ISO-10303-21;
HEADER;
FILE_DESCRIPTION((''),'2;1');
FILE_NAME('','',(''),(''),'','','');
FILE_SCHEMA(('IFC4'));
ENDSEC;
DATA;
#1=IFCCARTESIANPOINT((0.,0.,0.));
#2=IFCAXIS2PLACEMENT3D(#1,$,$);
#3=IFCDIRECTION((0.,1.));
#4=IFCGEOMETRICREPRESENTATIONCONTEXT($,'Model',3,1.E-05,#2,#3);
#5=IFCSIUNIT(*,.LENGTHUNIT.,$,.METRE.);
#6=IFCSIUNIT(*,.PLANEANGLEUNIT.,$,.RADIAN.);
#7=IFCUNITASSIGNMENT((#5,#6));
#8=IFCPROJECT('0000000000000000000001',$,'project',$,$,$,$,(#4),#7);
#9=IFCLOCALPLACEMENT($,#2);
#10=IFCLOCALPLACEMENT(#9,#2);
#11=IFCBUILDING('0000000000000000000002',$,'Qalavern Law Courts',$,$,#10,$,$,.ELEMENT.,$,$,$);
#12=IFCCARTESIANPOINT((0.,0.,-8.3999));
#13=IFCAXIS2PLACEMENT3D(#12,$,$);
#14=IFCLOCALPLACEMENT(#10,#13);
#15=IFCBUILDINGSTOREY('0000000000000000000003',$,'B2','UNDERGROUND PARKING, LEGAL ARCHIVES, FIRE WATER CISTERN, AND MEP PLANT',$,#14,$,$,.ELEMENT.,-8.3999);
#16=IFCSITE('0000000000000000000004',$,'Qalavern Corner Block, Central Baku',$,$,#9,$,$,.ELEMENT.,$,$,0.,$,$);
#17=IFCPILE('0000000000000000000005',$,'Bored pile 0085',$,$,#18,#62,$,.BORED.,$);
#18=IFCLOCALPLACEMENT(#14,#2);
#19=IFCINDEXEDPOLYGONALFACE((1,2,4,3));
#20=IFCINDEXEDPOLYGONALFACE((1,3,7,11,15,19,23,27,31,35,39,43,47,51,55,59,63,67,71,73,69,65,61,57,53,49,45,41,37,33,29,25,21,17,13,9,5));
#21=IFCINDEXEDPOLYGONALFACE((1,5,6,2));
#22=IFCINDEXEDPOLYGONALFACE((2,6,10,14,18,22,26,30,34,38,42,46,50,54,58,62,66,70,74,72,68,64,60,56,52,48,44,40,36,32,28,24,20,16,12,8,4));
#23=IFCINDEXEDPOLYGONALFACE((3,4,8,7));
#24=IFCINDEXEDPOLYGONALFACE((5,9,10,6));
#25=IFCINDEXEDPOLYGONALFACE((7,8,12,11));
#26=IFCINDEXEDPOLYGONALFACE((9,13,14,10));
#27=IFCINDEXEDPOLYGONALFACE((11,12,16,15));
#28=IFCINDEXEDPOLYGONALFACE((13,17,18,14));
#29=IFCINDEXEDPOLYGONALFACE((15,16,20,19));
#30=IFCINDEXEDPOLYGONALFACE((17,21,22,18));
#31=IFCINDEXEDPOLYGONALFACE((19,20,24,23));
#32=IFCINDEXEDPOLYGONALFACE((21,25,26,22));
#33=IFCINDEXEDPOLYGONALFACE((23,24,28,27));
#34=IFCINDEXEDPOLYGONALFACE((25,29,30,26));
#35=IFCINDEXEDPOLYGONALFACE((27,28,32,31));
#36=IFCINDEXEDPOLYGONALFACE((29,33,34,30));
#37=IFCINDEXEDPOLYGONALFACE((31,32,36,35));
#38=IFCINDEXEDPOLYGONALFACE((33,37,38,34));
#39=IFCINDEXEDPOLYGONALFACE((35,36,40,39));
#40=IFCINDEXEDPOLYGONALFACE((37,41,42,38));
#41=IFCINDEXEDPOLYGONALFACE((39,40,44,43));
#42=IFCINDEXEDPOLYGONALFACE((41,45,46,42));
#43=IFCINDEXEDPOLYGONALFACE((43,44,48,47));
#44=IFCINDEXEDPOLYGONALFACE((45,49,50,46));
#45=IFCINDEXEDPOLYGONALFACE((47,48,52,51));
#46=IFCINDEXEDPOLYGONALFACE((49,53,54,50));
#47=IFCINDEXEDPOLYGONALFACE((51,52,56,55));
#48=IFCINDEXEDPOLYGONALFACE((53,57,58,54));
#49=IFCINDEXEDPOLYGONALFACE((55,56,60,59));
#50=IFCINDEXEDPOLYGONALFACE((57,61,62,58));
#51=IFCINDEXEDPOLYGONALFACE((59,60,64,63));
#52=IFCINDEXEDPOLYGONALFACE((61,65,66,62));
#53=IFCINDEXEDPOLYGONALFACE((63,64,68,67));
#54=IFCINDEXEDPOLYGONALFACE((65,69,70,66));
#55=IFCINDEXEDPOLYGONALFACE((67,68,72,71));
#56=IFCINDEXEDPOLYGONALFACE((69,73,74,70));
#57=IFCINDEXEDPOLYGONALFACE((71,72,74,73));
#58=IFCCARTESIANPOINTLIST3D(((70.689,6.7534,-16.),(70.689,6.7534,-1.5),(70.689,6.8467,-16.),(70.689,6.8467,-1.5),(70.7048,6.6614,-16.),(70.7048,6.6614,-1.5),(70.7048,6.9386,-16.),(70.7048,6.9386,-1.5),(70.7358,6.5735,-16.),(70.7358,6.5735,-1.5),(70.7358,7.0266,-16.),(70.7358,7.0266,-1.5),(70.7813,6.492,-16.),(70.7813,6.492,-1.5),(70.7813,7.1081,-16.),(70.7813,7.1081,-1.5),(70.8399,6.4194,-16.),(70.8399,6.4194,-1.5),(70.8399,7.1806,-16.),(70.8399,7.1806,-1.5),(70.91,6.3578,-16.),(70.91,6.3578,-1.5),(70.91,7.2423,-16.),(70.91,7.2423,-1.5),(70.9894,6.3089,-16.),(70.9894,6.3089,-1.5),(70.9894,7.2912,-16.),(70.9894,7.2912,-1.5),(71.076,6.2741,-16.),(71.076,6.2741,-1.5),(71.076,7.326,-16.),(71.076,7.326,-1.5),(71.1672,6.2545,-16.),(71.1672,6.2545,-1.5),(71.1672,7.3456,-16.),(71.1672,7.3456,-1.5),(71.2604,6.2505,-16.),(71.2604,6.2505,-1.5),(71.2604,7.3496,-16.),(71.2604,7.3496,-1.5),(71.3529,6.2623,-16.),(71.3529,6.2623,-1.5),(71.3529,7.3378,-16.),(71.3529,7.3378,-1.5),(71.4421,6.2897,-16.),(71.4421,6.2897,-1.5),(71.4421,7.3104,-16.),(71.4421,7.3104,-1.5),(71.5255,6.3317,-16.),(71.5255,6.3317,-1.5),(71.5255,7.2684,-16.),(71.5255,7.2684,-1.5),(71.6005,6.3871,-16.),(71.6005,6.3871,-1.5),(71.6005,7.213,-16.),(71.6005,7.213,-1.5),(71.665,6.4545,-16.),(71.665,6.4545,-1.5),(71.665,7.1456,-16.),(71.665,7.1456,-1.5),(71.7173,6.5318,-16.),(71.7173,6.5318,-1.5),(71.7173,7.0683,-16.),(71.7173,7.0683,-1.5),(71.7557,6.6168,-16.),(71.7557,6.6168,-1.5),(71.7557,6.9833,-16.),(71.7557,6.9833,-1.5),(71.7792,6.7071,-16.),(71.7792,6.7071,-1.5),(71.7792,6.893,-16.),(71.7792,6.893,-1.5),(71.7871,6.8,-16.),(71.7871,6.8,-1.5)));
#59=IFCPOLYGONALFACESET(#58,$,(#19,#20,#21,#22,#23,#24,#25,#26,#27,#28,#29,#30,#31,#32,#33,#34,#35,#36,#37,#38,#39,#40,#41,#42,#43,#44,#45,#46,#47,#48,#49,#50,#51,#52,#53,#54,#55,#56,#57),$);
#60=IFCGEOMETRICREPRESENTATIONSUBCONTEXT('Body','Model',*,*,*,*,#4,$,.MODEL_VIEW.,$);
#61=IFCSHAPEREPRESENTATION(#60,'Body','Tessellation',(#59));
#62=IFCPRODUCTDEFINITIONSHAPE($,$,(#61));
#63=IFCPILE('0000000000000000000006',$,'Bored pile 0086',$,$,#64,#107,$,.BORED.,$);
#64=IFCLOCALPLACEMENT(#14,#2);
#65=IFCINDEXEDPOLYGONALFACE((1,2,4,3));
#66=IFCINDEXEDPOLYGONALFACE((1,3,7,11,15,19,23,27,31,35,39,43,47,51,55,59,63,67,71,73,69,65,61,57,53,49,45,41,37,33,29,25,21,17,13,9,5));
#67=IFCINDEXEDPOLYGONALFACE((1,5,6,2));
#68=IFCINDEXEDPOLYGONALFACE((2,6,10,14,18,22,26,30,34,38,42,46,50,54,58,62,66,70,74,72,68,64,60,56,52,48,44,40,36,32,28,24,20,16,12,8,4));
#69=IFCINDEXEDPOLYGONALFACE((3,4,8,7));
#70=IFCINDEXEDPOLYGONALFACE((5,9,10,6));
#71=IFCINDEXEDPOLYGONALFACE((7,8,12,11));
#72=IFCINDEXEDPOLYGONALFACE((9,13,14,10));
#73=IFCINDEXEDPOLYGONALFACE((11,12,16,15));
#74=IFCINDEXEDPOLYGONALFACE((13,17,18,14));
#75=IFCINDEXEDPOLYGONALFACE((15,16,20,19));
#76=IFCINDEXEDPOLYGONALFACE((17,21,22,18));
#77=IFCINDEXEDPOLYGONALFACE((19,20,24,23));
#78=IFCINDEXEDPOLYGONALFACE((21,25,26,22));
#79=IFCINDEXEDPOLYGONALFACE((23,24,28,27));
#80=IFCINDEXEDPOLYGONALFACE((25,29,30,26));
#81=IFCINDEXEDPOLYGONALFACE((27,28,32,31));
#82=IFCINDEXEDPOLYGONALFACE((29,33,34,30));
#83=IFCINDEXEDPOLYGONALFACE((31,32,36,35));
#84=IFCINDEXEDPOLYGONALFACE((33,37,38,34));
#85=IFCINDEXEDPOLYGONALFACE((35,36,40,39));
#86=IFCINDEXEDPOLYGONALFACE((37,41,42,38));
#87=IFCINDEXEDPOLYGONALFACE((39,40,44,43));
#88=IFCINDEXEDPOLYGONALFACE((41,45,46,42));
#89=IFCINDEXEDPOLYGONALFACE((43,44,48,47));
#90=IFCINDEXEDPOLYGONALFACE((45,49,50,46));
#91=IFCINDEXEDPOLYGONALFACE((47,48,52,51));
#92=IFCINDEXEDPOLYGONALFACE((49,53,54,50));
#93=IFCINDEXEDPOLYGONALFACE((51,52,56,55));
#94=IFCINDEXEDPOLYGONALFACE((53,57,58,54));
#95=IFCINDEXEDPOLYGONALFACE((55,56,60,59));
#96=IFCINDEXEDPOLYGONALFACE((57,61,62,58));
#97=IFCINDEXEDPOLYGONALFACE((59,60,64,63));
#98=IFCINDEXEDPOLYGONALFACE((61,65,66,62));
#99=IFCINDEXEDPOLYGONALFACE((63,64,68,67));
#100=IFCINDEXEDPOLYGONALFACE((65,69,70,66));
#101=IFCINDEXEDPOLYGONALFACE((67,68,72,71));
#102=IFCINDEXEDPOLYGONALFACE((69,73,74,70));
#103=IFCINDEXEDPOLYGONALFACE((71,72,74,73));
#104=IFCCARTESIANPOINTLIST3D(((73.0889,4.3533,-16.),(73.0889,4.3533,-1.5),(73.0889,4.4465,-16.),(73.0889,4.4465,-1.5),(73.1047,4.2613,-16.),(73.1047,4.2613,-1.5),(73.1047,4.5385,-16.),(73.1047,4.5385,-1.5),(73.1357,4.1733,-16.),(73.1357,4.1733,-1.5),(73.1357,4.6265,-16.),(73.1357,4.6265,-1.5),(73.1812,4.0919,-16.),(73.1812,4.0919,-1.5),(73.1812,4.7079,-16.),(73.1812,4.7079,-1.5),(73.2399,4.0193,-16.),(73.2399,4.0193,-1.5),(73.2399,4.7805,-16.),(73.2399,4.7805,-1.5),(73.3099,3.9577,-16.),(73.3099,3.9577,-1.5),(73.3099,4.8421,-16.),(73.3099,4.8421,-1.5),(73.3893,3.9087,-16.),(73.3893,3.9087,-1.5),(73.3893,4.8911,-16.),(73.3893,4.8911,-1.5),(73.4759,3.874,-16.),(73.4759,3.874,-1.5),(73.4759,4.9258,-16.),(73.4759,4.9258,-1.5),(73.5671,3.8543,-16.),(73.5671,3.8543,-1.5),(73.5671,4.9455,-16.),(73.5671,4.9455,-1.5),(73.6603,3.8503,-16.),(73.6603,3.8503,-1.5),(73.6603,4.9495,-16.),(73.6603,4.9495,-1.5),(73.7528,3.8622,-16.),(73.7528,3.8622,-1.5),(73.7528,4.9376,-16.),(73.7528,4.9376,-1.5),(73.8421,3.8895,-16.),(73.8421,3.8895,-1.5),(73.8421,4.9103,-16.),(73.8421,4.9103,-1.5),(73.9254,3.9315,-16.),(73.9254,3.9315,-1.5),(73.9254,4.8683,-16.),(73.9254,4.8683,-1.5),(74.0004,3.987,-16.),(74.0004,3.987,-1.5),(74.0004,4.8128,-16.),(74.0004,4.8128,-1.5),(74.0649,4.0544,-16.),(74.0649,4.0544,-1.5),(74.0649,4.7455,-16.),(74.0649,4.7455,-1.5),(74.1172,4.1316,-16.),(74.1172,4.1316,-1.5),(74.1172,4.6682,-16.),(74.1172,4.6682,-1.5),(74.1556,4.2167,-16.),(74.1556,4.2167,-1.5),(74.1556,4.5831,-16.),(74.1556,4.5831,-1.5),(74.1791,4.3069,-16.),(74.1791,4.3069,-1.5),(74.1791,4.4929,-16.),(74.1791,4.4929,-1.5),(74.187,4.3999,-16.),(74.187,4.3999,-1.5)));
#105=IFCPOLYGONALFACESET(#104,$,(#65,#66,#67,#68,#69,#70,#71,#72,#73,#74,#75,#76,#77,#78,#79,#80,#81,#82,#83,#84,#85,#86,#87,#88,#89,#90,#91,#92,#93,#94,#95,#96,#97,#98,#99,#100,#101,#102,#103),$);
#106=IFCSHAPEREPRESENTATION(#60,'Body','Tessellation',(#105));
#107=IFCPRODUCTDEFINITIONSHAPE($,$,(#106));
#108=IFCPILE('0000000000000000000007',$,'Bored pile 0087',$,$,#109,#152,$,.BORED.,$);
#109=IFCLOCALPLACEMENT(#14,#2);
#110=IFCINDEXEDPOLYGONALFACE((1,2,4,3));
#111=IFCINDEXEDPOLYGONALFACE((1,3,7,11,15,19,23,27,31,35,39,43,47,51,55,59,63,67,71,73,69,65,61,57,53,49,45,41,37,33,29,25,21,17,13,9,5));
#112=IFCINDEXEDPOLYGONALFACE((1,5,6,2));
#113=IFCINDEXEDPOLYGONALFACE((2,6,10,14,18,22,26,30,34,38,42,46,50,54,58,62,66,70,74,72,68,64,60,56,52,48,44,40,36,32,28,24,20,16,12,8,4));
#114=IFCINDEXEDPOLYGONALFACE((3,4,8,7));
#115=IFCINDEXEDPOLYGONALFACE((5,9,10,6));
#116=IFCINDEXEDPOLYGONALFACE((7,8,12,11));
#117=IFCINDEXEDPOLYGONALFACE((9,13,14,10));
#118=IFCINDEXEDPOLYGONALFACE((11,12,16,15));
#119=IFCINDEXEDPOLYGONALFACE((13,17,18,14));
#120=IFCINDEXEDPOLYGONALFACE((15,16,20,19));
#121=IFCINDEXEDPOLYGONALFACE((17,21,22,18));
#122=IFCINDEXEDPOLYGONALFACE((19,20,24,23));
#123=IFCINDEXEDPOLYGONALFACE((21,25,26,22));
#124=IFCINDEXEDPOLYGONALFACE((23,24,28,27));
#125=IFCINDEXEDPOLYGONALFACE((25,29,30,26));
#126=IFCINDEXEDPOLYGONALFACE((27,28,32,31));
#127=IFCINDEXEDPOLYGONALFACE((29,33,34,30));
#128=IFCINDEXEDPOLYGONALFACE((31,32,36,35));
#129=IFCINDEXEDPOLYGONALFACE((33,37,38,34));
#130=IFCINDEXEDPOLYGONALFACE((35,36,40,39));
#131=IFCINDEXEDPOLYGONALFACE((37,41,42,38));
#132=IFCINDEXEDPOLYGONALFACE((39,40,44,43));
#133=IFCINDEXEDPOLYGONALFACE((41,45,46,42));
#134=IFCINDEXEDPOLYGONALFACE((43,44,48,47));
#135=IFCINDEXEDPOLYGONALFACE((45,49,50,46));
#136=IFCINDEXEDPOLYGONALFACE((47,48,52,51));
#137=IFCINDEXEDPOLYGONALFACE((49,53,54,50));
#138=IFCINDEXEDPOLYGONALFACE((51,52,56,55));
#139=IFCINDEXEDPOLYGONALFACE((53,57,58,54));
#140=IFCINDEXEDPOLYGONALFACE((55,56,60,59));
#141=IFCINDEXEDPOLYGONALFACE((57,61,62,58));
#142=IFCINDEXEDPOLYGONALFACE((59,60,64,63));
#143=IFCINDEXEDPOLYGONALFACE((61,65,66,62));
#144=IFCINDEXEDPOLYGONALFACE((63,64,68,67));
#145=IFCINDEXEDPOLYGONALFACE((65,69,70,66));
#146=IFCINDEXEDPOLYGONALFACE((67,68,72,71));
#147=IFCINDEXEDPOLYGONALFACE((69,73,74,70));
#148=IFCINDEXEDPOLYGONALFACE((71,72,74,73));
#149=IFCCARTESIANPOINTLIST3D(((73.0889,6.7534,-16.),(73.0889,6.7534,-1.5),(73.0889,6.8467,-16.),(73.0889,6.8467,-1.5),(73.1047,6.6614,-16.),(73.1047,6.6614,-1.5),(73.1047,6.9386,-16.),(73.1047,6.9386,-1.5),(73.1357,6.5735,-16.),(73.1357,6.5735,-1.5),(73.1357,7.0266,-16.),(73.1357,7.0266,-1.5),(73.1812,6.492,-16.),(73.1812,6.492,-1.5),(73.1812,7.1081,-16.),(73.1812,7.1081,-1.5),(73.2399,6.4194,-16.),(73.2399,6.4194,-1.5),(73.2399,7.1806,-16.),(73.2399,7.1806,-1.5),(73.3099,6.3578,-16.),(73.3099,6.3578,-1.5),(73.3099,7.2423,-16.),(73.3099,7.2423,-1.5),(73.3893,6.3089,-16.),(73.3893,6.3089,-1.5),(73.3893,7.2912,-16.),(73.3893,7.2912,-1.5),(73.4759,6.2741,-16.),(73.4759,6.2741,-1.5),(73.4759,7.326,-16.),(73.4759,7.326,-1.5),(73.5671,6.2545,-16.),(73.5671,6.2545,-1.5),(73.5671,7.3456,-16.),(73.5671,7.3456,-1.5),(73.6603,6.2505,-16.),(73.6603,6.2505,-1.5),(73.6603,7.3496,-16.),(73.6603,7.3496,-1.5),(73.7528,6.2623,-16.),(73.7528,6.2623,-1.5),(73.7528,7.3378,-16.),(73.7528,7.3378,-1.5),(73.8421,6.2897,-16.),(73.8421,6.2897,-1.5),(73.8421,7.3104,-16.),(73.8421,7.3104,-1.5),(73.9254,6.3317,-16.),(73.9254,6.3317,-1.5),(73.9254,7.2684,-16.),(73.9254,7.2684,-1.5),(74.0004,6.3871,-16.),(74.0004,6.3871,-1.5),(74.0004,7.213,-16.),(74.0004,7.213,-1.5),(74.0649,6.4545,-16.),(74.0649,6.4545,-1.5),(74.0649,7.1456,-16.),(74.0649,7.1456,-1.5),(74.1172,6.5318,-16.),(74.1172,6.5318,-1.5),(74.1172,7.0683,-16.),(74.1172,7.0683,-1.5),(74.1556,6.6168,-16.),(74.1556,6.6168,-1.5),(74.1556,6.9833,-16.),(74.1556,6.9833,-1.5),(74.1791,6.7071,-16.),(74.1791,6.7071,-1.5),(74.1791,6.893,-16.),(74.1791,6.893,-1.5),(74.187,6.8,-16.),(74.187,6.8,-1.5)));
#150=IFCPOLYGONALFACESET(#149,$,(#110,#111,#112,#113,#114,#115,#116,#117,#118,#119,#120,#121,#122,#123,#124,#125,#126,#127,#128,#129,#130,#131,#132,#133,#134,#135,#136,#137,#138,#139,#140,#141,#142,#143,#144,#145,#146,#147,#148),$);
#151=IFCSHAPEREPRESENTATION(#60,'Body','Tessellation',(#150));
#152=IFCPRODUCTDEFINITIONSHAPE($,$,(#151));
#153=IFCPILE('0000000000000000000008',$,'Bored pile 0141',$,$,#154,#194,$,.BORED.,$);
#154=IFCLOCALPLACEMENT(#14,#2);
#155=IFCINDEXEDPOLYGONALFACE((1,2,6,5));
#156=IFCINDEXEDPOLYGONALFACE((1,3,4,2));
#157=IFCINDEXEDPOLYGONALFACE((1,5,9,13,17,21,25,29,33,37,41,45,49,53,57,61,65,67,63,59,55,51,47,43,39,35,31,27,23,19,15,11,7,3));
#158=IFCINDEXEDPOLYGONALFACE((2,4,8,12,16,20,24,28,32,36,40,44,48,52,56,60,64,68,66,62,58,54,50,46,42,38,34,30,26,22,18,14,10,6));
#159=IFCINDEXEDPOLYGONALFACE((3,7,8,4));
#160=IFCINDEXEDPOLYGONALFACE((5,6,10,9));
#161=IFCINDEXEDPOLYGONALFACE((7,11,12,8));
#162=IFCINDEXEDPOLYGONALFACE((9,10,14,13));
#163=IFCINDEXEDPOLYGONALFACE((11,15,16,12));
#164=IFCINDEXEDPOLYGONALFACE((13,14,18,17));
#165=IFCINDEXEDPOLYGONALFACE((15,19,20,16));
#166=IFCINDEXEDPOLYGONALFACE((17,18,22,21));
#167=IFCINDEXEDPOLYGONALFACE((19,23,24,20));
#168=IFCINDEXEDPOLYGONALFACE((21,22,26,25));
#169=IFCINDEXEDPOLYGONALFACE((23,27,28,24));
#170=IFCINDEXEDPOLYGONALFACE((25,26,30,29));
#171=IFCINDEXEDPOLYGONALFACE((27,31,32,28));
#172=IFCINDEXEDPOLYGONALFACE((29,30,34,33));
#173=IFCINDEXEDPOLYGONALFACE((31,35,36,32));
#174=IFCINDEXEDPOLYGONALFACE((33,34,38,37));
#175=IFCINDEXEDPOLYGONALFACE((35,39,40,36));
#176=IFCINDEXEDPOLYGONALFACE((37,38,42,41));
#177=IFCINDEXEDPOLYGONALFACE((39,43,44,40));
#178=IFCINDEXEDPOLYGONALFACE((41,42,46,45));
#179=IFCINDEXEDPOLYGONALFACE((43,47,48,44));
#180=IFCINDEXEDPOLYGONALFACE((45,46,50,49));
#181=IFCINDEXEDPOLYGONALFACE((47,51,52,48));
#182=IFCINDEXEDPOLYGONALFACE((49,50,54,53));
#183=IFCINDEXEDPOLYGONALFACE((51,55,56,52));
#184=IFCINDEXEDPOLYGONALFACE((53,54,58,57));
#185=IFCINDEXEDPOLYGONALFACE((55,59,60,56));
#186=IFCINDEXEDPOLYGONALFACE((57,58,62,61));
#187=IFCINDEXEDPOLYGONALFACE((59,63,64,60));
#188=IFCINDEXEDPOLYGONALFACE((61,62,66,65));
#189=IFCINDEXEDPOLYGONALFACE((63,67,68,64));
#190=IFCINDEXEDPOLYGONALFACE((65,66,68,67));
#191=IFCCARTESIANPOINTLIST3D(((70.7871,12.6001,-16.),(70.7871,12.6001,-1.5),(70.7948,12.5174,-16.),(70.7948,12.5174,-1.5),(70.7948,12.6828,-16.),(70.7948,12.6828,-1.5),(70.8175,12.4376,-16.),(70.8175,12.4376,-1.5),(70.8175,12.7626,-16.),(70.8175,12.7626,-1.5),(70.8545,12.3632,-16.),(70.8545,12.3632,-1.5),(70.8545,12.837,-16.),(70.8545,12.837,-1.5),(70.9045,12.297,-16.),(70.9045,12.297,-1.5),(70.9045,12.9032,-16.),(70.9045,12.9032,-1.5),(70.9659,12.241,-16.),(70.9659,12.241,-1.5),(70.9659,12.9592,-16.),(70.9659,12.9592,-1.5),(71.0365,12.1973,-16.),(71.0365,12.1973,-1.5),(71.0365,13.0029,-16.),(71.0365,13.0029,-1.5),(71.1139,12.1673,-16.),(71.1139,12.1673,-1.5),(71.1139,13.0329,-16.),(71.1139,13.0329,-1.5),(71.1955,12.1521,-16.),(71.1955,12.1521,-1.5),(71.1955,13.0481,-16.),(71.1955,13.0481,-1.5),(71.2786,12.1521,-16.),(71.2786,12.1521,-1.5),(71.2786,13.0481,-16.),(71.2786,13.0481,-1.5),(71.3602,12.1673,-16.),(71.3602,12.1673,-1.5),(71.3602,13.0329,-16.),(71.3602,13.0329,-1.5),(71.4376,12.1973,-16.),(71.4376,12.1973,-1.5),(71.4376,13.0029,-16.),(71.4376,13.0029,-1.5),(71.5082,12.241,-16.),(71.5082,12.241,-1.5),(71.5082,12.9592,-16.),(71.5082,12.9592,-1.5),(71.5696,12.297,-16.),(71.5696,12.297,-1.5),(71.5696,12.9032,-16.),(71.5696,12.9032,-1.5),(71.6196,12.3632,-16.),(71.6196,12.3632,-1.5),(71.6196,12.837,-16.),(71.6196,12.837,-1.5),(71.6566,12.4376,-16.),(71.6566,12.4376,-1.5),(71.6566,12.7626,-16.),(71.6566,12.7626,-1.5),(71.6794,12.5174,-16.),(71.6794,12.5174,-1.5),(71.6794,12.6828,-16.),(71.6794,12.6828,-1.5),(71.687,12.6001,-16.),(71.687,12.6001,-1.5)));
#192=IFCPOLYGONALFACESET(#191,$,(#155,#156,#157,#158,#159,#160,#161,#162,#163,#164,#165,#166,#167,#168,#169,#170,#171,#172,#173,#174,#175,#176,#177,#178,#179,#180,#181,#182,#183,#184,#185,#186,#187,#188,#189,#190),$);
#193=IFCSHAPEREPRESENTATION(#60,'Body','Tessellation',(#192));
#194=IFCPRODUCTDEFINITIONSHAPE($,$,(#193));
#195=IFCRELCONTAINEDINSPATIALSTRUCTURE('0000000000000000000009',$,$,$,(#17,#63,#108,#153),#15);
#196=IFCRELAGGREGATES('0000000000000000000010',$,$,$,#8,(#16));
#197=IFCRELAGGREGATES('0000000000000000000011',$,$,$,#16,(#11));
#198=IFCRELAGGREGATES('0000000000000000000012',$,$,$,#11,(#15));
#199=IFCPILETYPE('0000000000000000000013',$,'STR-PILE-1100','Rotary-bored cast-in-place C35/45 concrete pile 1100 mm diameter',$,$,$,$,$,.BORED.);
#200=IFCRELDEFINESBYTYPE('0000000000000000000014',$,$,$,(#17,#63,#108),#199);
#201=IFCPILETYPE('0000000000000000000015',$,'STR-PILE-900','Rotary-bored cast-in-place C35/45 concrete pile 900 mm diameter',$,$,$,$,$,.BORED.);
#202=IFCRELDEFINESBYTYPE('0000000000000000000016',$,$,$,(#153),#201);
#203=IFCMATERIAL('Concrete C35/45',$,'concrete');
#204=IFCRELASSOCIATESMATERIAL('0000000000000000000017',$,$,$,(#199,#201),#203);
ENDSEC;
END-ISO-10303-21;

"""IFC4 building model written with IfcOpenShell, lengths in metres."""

from ifc_helpers import new_model, si_unit, direction, frame, origin, origin_2d, place, context, subcontext, project, spatial, circle, extrude, material, material_profile, profile_set, type_object, element, save


model = new_model("IFC4")

# Units and contexts
model_context = context("Model", 3, precision=1e-05, world=origin(), true_north=direction((0.0, 1.0)))
body_context = subcontext(model_context, "Body", "Model", "MODEL_VIEW")
ifc_project = project(units=[si_unit("LENGTHUNIT", "METRE"), si_unit("PLANEANGLEUNIT", "RADIAN")], contexts=[model_context])

# Site, building, storey
site_placement = place(None, origin())
site = spatial("IfcSite", under=ifc_project, at=site_placement, Name="Qalavern Corner Block, Central Baku", CompositionType="ELEMENT", RefElevation=0.0)
building_placement = place(site_placement, origin())
building = spatial("IfcBuilding", under=site, at=building_placement, Name="Qalavern Law Courts", CompositionType="ELEMENT")
storey_placement = place(building_placement, frame((0.0, 0.0, -8.3999)))
storey = spatial("IfcBuildingStorey", under=building, at=storey_placement, Name="B2", Description="UNDERGROUND PARKING, LEGAL ARCHIVES, FIRE WATER CISTERN, AND MEP PLANT", CompositionType="ELEMENT", Elevation=-8.3999)

# Shared definitions
ifc_material_1 = material(Name="Concrete C35/45", Category="concrete")

# Piles
ifc_material_profile_1 = material_profile(ifc_material_1, circle(Radius=0.55, at=origin_2d()), Name="BORED PILE 1100")
ifc_profile_set_1 = profile_set([ifc_material_profile_1], Name="Concrete C35/45")
pile_type_1 = type_object("IfcPileType", Name="STR-PILE-1100", Description="Rotary-bored cast-in-place C35/45 concrete pile 1100 mm diameter", PredefinedType="BORED", material=ifc_profile_set_1)
for number, where, z_axis, x_axis, name in (
    (1, (71.2371, 6.8, -1.5), (0.0, 0.0, -1.0), (1.0, 0.0, 0.0), "Bored pile 0085"),
    (2, (73.637, 4.3999, -1.5), (0.0, 0.0, -1.0), (1.0, 0.0, 0.0), "Bored pile 0086"),
    (3, (73.637, 6.8, -1.5), (0.0, 0.0, -1.0), (1.0, 0.0, 0.0), "Bored pile 0087"),
):
    element("IfcPile", number, at=place(storey_placement, frame(where, z_axis=z_axis, x_axis=x_axis)), inside=storey, type_object=pile_type_1, Name=name, PredefinedType="BORED", context=body_context, shape_type="SweptSolid", body=[
        extrude(circle(Radius=0.55, at=origin_2d()), origin(), (0.0, 0.0, 1.0), 14.5),
    ])
ifc_material_profile_2 = material_profile(ifc_material_1, circle(Radius=0.45, at=origin_2d()), Name="BORED PILE 900")
ifc_profile_set_2 = profile_set([ifc_material_profile_2], Name="Concrete C35/45")
pile_type_2 = type_object("IfcPileType", Name="STR-PILE-900", Description="Rotary-bored cast-in-place C35/45 concrete pile 900 mm diameter", PredefinedType="BORED", material=ifc_profile_set_2)
for number, where, z_axis, x_axis, name in (
    (4, (71.2371, 12.6001, -1.5), (0.0, 0.0, -1.0), (1.0, 0.0, 0.0), "Bored pile 0141"),
):
    element("IfcPile", number, at=place(storey_placement, frame(where, z_axis=z_axis, x_axis=x_axis)), inside=storey, type_object=pile_type_2, Name=name, PredefinedType="BORED", context=body_context, shape_type="SweptSolid", body=[
        extrude(circle(Radius=0.45, at=origin_2d()), origin(), (0.0, 0.0, 1.0), 14.5),
    ])

save(model, "model.ifc")
